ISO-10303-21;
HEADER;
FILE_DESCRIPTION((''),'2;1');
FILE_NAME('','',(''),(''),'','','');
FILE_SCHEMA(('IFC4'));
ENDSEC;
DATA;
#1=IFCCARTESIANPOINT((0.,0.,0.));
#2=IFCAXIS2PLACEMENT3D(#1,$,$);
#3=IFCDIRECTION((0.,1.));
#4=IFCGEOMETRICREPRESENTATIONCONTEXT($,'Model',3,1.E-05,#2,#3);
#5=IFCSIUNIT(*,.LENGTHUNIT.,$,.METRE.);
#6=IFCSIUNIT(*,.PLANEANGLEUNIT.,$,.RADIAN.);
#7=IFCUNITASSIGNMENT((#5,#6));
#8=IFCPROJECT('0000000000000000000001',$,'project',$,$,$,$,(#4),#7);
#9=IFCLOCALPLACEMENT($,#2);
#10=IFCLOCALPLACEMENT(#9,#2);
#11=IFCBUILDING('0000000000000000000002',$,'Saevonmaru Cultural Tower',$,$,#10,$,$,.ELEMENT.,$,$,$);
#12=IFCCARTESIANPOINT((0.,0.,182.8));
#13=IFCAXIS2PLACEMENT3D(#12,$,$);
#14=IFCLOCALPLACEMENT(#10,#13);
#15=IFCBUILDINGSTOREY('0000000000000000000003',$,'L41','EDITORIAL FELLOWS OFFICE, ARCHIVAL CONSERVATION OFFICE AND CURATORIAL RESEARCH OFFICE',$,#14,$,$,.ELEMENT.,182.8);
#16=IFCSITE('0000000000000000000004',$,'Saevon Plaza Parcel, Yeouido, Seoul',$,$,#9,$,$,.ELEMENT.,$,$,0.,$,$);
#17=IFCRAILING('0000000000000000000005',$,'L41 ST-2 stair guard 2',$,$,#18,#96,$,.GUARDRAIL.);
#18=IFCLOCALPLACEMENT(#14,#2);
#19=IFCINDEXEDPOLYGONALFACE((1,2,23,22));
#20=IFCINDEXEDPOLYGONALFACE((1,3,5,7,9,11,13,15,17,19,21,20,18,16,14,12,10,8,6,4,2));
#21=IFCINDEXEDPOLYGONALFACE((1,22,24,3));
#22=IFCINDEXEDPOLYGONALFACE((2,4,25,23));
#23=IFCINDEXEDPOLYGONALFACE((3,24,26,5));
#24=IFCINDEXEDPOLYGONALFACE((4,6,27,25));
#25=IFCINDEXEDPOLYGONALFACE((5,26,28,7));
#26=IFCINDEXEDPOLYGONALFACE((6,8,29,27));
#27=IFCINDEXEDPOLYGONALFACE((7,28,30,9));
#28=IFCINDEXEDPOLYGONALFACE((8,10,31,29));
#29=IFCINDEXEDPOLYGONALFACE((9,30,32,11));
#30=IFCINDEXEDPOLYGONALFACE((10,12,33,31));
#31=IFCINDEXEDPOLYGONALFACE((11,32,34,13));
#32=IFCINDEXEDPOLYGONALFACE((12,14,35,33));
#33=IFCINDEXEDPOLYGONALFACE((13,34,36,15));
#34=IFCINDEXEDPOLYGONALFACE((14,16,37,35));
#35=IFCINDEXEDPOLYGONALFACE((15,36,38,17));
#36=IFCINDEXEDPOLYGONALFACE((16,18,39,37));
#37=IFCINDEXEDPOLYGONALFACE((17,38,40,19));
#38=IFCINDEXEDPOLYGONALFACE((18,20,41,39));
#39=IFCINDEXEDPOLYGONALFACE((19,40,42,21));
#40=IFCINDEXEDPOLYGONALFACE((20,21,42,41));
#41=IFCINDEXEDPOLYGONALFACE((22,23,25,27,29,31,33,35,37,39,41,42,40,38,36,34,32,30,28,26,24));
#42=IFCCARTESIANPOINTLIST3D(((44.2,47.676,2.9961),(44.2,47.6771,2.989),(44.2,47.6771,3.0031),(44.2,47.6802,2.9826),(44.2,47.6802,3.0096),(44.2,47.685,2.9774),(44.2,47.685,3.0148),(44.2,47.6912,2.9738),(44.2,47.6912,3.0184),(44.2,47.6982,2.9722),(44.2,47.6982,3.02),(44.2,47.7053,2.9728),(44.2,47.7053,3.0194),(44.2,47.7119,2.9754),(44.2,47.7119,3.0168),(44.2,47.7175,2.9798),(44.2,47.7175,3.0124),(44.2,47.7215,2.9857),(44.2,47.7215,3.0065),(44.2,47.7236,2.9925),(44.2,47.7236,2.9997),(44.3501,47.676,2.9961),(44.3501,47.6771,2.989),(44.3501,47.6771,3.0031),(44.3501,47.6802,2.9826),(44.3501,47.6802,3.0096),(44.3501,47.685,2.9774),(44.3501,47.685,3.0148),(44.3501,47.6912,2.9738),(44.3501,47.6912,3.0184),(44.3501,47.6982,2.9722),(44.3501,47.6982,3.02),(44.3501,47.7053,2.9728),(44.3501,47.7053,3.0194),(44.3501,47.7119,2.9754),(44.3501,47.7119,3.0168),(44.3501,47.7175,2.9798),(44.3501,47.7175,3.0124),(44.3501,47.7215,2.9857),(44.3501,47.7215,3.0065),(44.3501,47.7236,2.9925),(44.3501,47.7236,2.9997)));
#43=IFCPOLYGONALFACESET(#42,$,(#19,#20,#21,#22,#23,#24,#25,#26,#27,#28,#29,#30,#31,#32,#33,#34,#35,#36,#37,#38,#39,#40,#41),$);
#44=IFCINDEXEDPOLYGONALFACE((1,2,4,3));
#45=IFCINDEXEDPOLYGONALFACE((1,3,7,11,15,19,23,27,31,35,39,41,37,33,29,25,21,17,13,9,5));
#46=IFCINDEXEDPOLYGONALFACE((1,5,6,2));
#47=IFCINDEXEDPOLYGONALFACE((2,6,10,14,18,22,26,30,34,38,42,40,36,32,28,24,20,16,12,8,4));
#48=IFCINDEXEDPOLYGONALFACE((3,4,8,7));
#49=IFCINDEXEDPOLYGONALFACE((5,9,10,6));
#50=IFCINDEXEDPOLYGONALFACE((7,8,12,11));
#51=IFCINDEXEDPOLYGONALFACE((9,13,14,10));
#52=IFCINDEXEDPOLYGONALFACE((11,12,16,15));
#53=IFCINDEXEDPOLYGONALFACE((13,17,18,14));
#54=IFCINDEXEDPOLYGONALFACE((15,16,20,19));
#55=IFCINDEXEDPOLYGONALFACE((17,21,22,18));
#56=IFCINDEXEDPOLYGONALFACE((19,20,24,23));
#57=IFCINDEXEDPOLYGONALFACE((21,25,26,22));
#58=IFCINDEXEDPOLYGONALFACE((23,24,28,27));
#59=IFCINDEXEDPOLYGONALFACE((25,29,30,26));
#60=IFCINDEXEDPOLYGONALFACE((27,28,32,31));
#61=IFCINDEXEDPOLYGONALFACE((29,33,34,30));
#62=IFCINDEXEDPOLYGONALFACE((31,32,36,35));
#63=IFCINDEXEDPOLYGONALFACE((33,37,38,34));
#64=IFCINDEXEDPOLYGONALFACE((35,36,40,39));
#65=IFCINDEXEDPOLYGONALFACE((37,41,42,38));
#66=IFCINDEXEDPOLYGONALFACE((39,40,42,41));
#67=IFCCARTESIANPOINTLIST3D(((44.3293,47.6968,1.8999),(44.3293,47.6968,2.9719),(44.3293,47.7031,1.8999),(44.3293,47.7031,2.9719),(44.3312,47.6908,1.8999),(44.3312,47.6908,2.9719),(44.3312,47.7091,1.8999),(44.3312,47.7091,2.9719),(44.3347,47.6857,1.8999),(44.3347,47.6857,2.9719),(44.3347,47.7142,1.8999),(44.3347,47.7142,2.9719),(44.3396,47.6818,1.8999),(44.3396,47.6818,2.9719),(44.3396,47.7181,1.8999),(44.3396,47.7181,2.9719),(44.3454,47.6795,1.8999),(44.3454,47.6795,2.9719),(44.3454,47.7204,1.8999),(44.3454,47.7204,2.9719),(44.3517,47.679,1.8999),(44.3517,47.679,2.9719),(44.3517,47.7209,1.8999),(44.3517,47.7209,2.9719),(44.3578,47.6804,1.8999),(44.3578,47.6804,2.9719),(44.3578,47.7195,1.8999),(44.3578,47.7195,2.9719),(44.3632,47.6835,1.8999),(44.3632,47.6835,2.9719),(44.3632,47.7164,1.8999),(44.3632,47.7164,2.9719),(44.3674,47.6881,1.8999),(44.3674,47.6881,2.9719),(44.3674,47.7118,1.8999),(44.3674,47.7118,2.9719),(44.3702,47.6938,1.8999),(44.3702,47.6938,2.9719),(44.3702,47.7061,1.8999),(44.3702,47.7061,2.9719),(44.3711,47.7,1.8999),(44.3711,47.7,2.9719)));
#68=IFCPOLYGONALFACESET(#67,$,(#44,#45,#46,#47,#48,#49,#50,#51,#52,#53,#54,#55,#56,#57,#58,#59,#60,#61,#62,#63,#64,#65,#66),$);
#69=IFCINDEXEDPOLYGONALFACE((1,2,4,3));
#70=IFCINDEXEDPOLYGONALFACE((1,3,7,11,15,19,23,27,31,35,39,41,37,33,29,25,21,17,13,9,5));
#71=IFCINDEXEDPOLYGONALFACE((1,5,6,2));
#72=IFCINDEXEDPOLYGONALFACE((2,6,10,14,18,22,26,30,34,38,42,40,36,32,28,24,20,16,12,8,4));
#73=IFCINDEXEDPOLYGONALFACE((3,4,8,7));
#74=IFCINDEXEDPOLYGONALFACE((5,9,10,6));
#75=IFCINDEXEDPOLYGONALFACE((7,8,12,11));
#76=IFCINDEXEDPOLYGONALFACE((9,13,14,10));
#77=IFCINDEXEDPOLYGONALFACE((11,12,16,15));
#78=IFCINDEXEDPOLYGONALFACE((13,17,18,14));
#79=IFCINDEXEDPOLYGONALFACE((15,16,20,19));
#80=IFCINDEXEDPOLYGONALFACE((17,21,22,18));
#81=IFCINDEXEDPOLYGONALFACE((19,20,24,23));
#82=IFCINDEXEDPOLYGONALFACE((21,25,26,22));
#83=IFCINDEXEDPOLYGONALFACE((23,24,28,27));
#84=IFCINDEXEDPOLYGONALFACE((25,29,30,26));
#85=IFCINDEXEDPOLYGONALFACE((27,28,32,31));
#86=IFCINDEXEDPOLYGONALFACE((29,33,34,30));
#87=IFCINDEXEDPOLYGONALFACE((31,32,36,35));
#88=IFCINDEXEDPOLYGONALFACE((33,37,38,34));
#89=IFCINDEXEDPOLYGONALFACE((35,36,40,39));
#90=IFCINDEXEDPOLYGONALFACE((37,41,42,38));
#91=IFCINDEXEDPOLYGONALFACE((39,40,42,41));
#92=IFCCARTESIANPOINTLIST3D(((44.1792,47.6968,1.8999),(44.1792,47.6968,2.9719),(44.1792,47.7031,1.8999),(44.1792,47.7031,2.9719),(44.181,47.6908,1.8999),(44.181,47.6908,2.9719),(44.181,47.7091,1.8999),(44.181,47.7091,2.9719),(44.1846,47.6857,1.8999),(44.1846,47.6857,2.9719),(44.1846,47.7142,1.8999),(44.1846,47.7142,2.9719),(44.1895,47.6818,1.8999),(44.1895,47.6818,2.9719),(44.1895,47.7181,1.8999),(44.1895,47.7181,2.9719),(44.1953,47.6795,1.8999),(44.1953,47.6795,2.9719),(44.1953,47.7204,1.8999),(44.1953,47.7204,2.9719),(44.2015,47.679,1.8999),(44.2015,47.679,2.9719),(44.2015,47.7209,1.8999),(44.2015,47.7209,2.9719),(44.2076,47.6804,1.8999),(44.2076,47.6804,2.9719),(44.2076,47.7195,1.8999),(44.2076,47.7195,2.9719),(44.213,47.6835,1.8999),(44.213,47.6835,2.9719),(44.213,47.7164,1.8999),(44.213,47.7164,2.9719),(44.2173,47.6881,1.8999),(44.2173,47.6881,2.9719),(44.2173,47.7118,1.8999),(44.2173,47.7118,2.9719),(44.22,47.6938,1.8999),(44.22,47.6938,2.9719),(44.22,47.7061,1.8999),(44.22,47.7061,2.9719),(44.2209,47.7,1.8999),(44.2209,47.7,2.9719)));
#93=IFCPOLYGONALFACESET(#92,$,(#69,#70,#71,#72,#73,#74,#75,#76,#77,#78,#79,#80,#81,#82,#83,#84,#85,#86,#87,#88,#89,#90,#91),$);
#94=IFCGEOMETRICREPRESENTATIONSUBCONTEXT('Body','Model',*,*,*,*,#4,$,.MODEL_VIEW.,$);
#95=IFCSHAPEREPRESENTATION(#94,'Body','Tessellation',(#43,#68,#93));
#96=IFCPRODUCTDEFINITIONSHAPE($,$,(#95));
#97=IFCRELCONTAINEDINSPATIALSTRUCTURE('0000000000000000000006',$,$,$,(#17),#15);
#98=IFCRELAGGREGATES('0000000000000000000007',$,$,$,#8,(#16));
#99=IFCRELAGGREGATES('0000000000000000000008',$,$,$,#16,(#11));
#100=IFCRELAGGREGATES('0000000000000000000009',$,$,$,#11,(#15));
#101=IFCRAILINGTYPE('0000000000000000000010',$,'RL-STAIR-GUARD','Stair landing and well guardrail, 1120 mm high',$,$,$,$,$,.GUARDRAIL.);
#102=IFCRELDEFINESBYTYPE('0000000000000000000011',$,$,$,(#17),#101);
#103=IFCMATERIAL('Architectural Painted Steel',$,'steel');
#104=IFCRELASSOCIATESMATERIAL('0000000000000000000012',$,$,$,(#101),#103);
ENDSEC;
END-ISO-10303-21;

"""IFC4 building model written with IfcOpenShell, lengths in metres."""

from ifc_helpers import new_model, si_unit, direction, frame, origin, origin_2d, place, context, subcontext, project, spatial, circle, extrude, material, type_object, element, save


model = new_model("IFC4")

# Units and contexts
model_context = context("Model", 3, precision=1e-05, world=origin(), true_north=direction((0.0, 1.0)))
body_context = subcontext(model_context, "Body", "Model", "MODEL_VIEW")
ifc_project = project(units=[si_unit("LENGTHUNIT", "METRE"), si_unit("PLANEANGLEUNIT", "RADIAN")], contexts=[model_context])

# Site, building, storey
site_placement = place(None, origin())
site = spatial("IfcSite", under=ifc_project, at=site_placement, Name="Saevon Plaza Parcel, Yeouido, Seoul", CompositionType="ELEMENT", RefElevation=0.0)
building_placement = place(site_placement, origin())
building = spatial("IfcBuilding", under=site, at=building_placement, Name="Saevonmaru Cultural Tower", CompositionType="ELEMENT")
storey_placement = place(building_placement, frame((0.0, 0.0, 182.8)))
storey = spatial("IfcBuildingStorey", under=building, at=storey_placement, Name="L41", Description="EDITORIAL FELLOWS OFFICE, ARCHIVAL CONSERVATION OFFICE AND CURATORIAL RESEARCH OFFICE", CompositionType="ELEMENT", Elevation=182.8)

# Railing
ifc_material_1 = material(Name="Architectural Painted Steel", Category="steel")
railing_type_1 = type_object("IfcRailingType", Name="RL-STAIR-GUARD", Description="Stair landing and well guardrail, 1120 mm high", PredefinedType="GUARDRAIL", material=ifc_material_1)
railing_1_placement = place(storey_placement, frame((44.3501, 47.7, 1.8999)))
element("IfcRailing", 1, at=railing_1_placement, inside=storey, type_object=railing_type_1, Name="L41 ST-2 stair guard 2", PredefinedType="GUARDRAIL", context=body_context, shape_type="SweptSolid", body=[
    extrude(circle(Radius=0.0239, at=origin_2d()), frame((0.0, 0.0, 1.0962), z_axis=(-1.0, 0.0, 0.0), x_axis=(0.0, -1.0, 0.0)), (0.0, 0.0, 1.0), 0.1501),
    extrude(circle(Radius=0.021, at=origin_2d()), origin(), (0.0, 0.0, 1.0), 1.072),
    extrude(circle(Radius=0.021, at=origin_2d()), frame((-0.1501, 0.0, 0.0)), (0.0, 0.0, 1.0), 1.072),
])

save(model, "model.ifc")
